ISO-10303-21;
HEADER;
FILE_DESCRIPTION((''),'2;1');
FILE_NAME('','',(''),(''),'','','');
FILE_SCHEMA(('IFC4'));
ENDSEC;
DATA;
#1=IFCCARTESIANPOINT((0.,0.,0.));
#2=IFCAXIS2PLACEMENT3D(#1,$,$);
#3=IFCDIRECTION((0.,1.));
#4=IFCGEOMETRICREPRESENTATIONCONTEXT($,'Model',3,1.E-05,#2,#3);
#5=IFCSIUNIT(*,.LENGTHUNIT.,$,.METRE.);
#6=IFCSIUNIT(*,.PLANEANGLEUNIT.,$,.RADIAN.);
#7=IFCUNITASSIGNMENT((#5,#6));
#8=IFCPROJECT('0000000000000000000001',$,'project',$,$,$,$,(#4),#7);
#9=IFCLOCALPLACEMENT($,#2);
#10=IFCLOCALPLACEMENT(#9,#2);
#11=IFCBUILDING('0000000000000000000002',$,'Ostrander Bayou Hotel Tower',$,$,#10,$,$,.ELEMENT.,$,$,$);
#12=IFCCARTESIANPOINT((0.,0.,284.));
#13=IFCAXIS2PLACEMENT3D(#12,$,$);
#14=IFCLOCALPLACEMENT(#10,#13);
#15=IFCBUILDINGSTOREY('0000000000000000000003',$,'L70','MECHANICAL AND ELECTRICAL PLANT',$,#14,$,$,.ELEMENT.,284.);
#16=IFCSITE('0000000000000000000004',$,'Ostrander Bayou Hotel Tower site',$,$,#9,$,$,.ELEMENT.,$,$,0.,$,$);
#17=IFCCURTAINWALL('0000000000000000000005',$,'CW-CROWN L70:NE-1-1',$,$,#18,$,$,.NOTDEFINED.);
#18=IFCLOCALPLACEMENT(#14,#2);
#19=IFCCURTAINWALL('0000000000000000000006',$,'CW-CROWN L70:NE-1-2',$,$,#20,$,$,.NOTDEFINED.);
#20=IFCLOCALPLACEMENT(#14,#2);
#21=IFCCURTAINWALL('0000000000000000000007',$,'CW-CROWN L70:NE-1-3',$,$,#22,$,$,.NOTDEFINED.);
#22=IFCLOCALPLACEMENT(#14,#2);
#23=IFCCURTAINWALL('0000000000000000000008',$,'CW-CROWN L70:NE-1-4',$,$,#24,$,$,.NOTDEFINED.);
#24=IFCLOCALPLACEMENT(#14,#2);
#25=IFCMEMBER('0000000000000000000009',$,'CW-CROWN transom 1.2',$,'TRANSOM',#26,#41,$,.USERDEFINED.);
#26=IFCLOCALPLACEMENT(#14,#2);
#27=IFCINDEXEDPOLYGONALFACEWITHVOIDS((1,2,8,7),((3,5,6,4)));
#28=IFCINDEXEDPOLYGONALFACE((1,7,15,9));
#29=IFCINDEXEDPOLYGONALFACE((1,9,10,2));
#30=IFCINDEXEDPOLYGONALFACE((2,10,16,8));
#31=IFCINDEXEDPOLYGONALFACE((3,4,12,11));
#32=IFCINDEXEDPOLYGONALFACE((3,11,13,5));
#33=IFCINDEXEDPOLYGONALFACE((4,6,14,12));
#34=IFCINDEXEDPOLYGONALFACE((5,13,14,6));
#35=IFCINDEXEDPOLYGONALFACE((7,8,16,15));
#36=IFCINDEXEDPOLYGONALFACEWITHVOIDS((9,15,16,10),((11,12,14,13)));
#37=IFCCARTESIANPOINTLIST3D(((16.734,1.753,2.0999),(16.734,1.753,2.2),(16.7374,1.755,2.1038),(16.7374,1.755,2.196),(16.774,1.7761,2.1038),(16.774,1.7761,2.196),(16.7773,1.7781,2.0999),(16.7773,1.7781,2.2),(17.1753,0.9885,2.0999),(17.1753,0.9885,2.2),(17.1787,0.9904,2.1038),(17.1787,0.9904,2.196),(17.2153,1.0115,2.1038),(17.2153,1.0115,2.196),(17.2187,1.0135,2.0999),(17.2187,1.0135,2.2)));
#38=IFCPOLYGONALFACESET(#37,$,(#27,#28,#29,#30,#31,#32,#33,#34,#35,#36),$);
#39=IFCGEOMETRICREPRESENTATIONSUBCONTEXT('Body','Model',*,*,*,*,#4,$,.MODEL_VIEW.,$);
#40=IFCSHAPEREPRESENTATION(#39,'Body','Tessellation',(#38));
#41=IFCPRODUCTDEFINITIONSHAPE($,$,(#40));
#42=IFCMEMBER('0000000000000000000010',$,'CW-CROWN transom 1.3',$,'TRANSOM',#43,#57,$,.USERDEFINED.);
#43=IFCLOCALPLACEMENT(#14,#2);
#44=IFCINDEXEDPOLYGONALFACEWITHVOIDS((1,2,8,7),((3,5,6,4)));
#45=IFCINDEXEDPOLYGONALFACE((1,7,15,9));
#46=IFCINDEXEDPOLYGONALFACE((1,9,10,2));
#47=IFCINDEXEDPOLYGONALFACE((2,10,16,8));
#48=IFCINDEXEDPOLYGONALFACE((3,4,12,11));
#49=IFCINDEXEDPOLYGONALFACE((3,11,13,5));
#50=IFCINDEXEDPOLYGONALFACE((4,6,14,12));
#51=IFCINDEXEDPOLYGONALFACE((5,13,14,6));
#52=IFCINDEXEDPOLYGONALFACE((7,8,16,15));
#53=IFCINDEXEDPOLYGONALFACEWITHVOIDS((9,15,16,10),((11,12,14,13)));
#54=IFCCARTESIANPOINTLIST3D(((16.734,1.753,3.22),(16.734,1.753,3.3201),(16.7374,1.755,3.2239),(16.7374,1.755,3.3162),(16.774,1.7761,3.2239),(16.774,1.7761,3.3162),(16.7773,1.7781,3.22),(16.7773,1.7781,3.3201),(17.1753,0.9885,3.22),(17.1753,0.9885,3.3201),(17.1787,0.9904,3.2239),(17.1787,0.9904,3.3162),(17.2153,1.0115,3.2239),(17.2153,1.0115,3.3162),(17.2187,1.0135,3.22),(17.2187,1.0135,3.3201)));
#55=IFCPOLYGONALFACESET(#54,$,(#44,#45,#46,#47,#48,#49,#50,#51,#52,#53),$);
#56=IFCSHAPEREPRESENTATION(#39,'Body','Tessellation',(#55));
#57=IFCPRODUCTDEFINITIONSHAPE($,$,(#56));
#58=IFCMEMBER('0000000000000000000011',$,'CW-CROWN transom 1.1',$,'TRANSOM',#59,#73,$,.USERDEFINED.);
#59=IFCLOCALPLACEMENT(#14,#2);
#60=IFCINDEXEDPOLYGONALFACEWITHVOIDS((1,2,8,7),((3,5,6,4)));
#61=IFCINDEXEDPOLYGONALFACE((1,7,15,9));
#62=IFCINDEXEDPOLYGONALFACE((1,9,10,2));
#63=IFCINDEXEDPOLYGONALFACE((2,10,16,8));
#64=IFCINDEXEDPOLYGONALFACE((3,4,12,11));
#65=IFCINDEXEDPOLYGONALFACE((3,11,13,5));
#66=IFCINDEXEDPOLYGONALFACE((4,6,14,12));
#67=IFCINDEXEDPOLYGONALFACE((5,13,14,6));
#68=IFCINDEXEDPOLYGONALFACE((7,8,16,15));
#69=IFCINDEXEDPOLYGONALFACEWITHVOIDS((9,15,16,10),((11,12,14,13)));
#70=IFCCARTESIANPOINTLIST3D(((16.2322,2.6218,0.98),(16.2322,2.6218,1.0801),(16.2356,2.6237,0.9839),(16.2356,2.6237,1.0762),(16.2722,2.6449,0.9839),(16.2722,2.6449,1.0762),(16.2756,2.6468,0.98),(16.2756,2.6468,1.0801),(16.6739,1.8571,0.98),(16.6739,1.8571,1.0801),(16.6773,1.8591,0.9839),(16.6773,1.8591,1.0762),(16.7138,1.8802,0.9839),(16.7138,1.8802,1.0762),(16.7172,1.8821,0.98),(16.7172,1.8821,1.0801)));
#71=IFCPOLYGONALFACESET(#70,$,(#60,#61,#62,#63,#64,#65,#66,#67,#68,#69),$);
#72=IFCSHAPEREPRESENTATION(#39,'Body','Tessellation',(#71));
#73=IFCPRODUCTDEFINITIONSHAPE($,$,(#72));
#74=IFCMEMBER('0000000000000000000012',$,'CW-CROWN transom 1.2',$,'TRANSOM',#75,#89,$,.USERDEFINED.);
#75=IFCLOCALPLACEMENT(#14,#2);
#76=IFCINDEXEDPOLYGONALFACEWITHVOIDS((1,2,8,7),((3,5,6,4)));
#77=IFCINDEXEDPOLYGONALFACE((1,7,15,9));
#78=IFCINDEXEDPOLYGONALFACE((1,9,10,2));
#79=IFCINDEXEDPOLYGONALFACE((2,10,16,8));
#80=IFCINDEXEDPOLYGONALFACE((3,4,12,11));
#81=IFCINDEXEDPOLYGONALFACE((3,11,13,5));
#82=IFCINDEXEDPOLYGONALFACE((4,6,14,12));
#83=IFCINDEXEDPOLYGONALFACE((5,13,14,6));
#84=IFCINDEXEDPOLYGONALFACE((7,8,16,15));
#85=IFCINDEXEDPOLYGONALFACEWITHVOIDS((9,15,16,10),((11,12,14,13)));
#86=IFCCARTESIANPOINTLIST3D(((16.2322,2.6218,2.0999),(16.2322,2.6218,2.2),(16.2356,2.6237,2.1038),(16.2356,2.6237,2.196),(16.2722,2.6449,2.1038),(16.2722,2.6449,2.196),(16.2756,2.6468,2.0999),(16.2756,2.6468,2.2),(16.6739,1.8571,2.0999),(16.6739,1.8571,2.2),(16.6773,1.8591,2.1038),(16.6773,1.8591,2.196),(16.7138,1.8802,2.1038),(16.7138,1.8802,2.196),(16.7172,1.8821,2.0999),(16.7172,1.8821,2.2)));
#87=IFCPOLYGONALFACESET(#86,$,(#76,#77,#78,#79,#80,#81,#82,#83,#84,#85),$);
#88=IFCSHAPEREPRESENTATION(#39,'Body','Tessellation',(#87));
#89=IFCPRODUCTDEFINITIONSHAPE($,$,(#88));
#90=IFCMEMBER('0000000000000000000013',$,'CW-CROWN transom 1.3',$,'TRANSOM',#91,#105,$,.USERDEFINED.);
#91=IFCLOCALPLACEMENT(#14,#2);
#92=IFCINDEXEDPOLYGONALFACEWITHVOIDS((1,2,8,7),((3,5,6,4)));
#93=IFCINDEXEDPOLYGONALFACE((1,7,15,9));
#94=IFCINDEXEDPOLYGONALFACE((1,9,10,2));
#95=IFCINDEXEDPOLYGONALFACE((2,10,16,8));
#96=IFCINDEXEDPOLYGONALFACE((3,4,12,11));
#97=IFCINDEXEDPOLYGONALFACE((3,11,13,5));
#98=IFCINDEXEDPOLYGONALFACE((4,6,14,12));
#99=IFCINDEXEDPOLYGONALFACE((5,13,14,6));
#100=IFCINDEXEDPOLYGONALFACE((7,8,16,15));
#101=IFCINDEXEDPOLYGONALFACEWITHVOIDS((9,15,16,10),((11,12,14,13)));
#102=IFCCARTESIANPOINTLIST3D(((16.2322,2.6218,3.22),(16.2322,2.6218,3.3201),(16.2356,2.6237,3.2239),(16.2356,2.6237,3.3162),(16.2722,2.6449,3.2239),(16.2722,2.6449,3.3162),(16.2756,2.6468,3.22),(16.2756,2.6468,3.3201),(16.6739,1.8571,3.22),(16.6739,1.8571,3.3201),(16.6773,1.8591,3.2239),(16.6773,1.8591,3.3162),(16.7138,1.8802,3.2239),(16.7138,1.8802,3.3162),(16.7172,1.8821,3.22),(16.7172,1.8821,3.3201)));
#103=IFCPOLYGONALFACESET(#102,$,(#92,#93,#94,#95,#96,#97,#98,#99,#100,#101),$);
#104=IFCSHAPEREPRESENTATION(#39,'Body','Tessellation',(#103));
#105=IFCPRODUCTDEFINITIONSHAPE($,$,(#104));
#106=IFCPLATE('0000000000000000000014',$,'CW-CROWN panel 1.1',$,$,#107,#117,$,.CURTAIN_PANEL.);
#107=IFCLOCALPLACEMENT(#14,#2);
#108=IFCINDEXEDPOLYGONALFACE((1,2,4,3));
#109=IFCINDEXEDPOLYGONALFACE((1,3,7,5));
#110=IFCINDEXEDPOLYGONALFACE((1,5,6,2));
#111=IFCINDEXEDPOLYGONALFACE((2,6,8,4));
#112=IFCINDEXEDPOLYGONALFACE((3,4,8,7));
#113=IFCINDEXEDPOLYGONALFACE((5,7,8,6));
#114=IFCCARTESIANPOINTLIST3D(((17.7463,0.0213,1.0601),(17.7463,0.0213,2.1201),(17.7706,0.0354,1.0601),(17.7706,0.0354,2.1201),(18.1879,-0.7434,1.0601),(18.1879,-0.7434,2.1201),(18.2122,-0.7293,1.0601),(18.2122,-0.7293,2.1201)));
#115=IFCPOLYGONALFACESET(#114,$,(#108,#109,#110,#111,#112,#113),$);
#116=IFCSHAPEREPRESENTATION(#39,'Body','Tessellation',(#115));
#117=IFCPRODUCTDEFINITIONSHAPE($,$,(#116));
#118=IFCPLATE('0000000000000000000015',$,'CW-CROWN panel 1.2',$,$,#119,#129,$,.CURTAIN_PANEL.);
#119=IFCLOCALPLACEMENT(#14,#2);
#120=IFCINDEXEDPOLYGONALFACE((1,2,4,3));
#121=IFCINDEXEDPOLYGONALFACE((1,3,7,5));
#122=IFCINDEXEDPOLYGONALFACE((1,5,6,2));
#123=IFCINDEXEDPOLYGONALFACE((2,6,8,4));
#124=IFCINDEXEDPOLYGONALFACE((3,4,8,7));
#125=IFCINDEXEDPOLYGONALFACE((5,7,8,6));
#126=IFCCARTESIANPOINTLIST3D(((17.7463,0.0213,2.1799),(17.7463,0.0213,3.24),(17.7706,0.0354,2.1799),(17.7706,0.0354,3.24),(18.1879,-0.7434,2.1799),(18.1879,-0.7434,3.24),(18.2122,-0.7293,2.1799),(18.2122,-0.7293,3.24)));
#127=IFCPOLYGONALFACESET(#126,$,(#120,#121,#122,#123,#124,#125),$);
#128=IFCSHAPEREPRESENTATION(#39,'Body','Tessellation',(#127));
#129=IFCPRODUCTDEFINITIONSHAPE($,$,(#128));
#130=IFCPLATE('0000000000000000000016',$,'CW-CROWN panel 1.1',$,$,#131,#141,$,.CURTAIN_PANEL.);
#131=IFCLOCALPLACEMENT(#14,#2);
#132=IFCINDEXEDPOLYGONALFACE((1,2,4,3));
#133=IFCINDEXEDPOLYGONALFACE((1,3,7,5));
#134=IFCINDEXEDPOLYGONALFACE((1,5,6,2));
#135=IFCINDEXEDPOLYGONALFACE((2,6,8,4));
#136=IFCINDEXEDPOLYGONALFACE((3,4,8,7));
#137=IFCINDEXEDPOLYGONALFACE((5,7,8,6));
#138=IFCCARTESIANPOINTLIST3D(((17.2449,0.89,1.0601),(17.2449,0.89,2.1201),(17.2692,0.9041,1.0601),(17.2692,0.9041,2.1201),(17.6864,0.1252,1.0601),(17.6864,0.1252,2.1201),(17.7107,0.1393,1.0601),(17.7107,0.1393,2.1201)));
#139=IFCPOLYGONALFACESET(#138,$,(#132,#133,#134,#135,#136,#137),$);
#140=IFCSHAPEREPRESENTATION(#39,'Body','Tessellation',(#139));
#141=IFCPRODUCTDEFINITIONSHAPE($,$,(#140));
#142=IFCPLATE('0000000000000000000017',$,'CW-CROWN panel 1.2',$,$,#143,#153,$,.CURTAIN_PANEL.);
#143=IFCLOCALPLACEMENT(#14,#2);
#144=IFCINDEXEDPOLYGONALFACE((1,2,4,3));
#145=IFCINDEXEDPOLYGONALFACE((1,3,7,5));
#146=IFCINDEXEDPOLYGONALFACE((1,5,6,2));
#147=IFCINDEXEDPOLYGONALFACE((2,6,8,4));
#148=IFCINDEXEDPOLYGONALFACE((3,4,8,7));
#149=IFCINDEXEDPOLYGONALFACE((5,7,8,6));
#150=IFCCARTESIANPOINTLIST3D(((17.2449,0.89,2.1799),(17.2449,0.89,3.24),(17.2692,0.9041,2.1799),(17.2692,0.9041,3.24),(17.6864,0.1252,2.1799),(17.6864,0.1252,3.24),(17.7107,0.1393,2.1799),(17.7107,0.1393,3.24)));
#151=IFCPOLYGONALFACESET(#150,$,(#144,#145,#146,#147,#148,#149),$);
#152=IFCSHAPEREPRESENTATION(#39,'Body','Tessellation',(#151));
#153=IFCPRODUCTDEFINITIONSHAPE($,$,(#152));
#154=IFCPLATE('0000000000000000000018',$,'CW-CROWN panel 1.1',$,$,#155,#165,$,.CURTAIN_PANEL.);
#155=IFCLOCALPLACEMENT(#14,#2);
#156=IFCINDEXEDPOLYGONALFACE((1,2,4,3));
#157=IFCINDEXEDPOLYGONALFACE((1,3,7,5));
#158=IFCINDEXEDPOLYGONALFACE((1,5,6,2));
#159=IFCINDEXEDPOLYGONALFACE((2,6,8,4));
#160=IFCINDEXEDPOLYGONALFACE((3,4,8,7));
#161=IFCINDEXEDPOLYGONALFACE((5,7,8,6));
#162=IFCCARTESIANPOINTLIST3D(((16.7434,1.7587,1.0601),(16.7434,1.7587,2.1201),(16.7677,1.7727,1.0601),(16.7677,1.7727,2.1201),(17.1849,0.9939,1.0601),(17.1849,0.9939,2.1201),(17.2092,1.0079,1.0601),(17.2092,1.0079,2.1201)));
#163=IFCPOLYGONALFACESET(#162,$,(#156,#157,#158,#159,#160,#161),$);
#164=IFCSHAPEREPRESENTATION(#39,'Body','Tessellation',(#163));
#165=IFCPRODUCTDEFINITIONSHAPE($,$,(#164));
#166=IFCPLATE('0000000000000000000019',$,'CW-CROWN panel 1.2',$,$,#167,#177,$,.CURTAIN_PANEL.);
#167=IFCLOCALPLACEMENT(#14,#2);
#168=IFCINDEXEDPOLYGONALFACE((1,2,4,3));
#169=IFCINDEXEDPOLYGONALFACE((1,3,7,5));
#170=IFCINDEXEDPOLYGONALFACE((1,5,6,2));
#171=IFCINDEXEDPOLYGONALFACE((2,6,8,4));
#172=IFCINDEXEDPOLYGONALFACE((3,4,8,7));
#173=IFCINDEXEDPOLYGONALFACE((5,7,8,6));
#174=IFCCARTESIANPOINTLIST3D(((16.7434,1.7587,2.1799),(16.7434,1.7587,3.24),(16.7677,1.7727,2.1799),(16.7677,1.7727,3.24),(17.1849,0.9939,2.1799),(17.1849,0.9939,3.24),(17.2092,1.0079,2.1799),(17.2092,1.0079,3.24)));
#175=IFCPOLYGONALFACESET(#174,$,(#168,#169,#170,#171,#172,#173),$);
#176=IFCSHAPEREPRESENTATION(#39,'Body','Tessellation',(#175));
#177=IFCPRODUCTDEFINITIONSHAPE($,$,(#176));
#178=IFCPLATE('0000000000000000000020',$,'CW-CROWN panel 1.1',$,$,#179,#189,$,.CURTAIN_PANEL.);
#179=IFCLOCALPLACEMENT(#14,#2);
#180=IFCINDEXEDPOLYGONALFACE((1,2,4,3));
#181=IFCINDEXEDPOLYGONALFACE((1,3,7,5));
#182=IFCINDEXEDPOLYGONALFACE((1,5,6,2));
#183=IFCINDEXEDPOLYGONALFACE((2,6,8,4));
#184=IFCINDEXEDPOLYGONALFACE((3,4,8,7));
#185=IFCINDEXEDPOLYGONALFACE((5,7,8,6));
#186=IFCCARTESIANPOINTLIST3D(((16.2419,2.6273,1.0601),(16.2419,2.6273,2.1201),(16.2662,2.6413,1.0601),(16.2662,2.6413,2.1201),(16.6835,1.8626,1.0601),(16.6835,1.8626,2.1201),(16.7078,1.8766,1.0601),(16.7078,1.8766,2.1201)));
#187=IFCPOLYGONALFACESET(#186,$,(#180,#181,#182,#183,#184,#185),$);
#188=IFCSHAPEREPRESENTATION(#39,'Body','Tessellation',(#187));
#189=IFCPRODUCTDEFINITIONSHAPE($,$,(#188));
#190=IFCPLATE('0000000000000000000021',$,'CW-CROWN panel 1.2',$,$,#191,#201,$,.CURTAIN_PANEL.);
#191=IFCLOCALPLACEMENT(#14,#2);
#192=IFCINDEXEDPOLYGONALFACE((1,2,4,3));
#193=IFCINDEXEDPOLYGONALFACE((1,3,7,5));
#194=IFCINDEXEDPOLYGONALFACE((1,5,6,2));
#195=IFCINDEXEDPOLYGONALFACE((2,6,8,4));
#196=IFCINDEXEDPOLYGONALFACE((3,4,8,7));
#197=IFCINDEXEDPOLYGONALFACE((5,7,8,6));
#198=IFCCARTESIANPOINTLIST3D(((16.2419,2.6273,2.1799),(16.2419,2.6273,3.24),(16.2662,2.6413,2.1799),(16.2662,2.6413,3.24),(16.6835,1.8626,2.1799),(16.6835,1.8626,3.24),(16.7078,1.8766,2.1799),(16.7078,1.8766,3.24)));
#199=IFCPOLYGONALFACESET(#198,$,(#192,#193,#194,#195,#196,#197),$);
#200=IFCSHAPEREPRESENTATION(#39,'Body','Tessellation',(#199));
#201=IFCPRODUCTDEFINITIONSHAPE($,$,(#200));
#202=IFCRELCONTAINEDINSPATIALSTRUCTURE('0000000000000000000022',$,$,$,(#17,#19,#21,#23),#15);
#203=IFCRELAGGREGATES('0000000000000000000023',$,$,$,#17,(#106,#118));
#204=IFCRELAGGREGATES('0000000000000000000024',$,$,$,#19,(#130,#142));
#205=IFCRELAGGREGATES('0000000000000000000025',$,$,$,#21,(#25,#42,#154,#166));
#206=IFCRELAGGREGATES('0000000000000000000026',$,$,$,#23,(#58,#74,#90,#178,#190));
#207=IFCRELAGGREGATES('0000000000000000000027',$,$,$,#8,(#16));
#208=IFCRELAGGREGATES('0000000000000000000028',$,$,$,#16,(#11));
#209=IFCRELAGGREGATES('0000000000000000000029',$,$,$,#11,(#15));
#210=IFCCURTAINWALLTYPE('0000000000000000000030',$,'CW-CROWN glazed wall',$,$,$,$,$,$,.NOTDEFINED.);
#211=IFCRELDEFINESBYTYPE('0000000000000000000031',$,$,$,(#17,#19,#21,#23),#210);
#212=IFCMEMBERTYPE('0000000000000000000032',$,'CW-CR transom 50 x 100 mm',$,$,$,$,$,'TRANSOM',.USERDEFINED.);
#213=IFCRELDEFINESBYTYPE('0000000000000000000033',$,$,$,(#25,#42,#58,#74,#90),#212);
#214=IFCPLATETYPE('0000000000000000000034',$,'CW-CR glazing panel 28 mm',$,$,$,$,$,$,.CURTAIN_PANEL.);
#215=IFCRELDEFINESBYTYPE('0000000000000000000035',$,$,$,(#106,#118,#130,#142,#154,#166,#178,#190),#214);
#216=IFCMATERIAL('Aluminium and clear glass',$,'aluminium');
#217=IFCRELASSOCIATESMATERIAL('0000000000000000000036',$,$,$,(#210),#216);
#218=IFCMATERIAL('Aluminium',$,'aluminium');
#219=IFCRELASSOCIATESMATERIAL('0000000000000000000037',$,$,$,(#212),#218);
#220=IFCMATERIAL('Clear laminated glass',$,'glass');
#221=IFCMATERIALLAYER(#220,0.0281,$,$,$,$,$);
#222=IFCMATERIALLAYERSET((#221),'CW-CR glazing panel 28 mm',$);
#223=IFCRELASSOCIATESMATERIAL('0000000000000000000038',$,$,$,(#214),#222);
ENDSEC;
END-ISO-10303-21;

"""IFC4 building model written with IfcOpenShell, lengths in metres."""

from ifc_helpers import new_model, si_unit, direction, frame, origin, origin_2d, place, context, subcontext, project, spatial, rectangle, hollow_rectangle, extrude, material, layer, layer_set, material_profile, profile_set, type_object, element, aggregate, save


model = new_model("IFC4")

# Units and contexts
model_context = context("Model", 3, precision=1e-05, world=origin(), true_north=direction((0.0, 1.0)))
body_context = subcontext(model_context, "Body", "Model", "MODEL_VIEW")
ifc_project = project(units=[si_unit("LENGTHUNIT", "METRE"), si_unit("PLANEANGLEUNIT", "RADIAN")], contexts=[model_context])

# Site, building, storey
site_placement = place(None, origin())
site = spatial("IfcSite", under=ifc_project, at=site_placement, Name="Ostrander Bayou Hotel Tower site", CompositionType="ELEMENT", RefElevation=0.0)
building_placement = place(site_placement, origin())
building = spatial("IfcBuilding", under=site, at=building_placement, Name="Ostrander Bayou Hotel Tower", CompositionType="ELEMENT")
storey_placement = place(building_placement, frame((0.0, 0.0, 284.0)))
storey = spatial("IfcBuildingStorey", under=building, at=storey_placement, Name="L70", Description="MECHANICAL AND ELECTRICAL PLANT", CompositionType="ELEMENT", Elevation=284.0)

# Curtain wall
ifc_material_1 = material(Name="Aluminium and clear glass", Category="aluminium")
curtain_wall_type = type_object("IfcCurtainWallType", Name="CW-CROWN glazed wall", PredefinedType="NOTDEFINED", material=ifc_material_1)
curtain_wall_1_placement = place(storey_placement, origin())
curtain_wall_1 = element("IfcCurtainWall", 1, at=curtain_wall_1_placement, inside=storey, type_object=curtain_wall_type, Name="CW-CROWN L70:NE-1-1", PredefinedType="NOTDEFINED")

# Curtain walls
curtain_wall_2_placement = place(storey_placement, origin())
curtain_wall_2 = element("IfcCurtainWall", 2, at=curtain_wall_2_placement, inside=storey, type_object=curtain_wall_type, Name="CW-CROWN L70:NE-1-2", PredefinedType="NOTDEFINED")
curtain_wall_3_placement = place(storey_placement, origin())
curtain_wall_3 = element("IfcCurtainWall", 3, at=curtain_wall_3_placement, inside=storey, type_object=curtain_wall_type, Name="CW-CROWN L70:NE-1-3", PredefinedType="NOTDEFINED")
curtain_wall_4_placement = place(storey_placement, origin())
curtain_wall_4 = element("IfcCurtainWall", 4, at=curtain_wall_4_placement, inside=storey, type_object=curtain_wall_type, Name="CW-CROWN L70:NE-1-4", PredefinedType="NOTDEFINED")

# Members
ifc_material_2 = material(Name="Aluminium", Category="aluminium")
ifc_material_profile_1 = material_profile(ifc_material_2, hollow_rectangle(XDim=0.05, YDim=0.1001, WallThickness=0.0039, at=origin_2d()))
ifc_profile_set_1 = profile_set([ifc_material_profile_1], Name="Aluminium")
member_type_1 = type_object("IfcMemberType", Name="CW-CR transom 50 x 100 mm", ElementType="TRANSOM", PredefinedType="USERDEFINED", material=ifc_profile_set_1)
member_1_placement = place(storey_placement, frame((17.197, 1.001, 2.1499), z_axis=(-0.499946, 0.866057, 0.0), x_axis=(-0.866057, -0.499946, 0.0)))
member_1 = element("IfcMember", 5, at=member_1_placement, type_object=member_type_1, Name="CW-CROWN transom 1.2", ObjectType="TRANSOM", PredefinedType="USERDEFINED", context=body_context, shape_type="SweptSolid", body=[
    extrude(hollow_rectangle(XDim=0.05, YDim=0.1001, WallThickness=0.0039, at=origin_2d()), origin(), (0.0, 0.0, 1.0), 0.8828),
])
member_2_placement = place(storey_placement, frame((17.197, 1.001, 3.27), z_axis=(-0.499946, 0.866057, 0.0), x_axis=(-0.866057, -0.499946, 0.0)))
member_2 = element("IfcMember", 6, at=member_2_placement, type_object=member_type_1, Name="CW-CROWN transom 1.3", ObjectType="TRANSOM", PredefinedType="USERDEFINED", context=body_context, shape_type="SweptSolid", body=[
    extrude(hollow_rectangle(XDim=0.05, YDim=0.1001, WallThickness=0.0039, at=origin_2d()), origin(), (0.0, 0.0, 1.0), 0.8828),
])
member_3_placement = place(storey_placement, frame((16.6956, 1.8696, 1.03), z_axis=(-0.500153, 0.865937, 0.0), x_axis=(-0.865937, -0.500153, 0.0)))
member_3 = element("IfcMember", 7, at=member_3_placement, type_object=member_type_1, Name="CW-CROWN transom 1.1", ObjectType="TRANSOM", PredefinedType="USERDEFINED", context=body_context, shape_type="SweptSolid", body=[
    extrude(hollow_rectangle(XDim=0.05, YDim=0.1001, WallThickness=0.0039, at=origin_2d()), origin(), (0.0, 0.0, 1.0), 0.8831),
])
member_4_placement = place(storey_placement, frame((16.6956, 1.8696, 2.1499), z_axis=(-0.500153, 0.865937, 0.0), x_axis=(-0.865937, -0.500153, 0.0)))
member_4 = element("IfcMember", 8, at=member_4_placement, type_object=member_type_1, Name="CW-CROWN transom 1.2", ObjectType="TRANSOM", PredefinedType="USERDEFINED", context=body_context, shape_type="SweptSolid", body=[
    extrude(hollow_rectangle(XDim=0.05, YDim=0.1001, WallThickness=0.0039, at=origin_2d()), origin(), (0.0, 0.0, 1.0), 0.8831),
])
member_5_placement = place(storey_placement, frame((16.6956, 1.8696, 3.27), z_axis=(-0.500153, 0.865937, 0.0), x_axis=(-0.865937, -0.500153, 0.0)))
member_5 = element("IfcMember", 9, at=member_5_placement, type_object=member_type_1, Name="CW-CROWN transom 1.3", ObjectType="TRANSOM", PredefinedType="USERDEFINED", context=body_context, shape_type="SweptSolid", body=[
    extrude(hollow_rectangle(XDim=0.05, YDim=0.1001, WallThickness=0.0039, at=origin_2d()), origin(), (0.0, 0.0, 1.0), 0.8831),
])

# Plates
ifc_material_3 = material(Name="Clear laminated glass", Category="glass")
ifc_layer_1 = layer(ifc_material_3, 0.0281)
ifc_layer_set_1 = layer_set([ifc_layer_1], Name="CW-CR glazing panel 28 mm")
plate_type = type_object("IfcPlateType", Name="CW-CR glazing panel 28 mm", PredefinedType="CURTAIN_PANEL", material=ifc_layer_set_1)
plate_1_placement = place(storey_placement, frame((17.9792, -0.354, 1.0601), z_axis=(0.0, 0.0, 1.0), x_axis=(-0.500085, 0.865976, 0.0)))
plate_1 = element("IfcPlate", 10, at=plate_1_placement, type_object=plate_type, Name="CW-CROWN panel 1.1", PredefinedType="CURTAIN_PANEL", context=body_context, shape_type="SweptSolid", body=[
    extrude(rectangle(XDim=0.8831, YDim=0.0281, at=origin_2d()), origin(), (0.0, 0.0, 1.0), 1.0601),
])
plate_2_placement = place(storey_placement, frame((17.9792, -0.354, 2.1799), z_axis=(0.0, 0.0, 1.0), x_axis=(-0.500085, 0.865976, 0.0)))
plate_2 = element("IfcPlate", 11, at=plate_2_placement, type_object=plate_type, Name="CW-CROWN panel 1.2", PredefinedType="CURTAIN_PANEL", context=body_context, shape_type="SweptSolid", body=[
    extrude(rectangle(XDim=0.8831, YDim=0.0281, at=origin_2d()), origin(), (0.0, 0.0, 1.0), 1.0601),
])
aggregate(curtain_wall_1, [plate_1, plate_2])
plate_3_placement = place(storey_placement, frame((17.4778, 0.5146, 1.0601), z_axis=(0.0, 0.0, 1.0), x_axis=(-0.499967, 0.866044, 0.0)))
plate_3 = element("IfcPlate", 12, at=plate_3_placement, type_object=plate_type, Name="CW-CROWN panel 1.1", PredefinedType="CURTAIN_PANEL", context=body_context, shape_type="SweptSolid", body=[
    extrude(rectangle(XDim=0.8831, YDim=0.0281, at=origin_2d()), origin(), (0.0, 0.0, 1.0), 1.0601),
])
plate_4_placement = place(storey_placement, frame((17.4778, 0.5146, 2.1799), z_axis=(0.0, 0.0, 1.0), x_axis=(-0.499967, 0.866044, 0.0)))
plate_4 = element("IfcPlate", 13, at=plate_4_placement, type_object=plate_type, Name="CW-CROWN panel 1.2", PredefinedType="CURTAIN_PANEL", context=body_context, shape_type="SweptSolid", body=[
    extrude(rectangle(XDim=0.8831, YDim=0.0281, at=origin_2d()), origin(), (0.0, 0.0, 1.0), 1.0601),
])
aggregate(curtain_wall_2, [plate_3, plate_4])
plate_5_placement = place(storey_placement, frame((16.9763, 1.3833, 1.0601), z_axis=(0.0, 0.0, 1.0), x_axis=(-0.499967, 0.866044, 0.0)))
plate_5 = element("IfcPlate", 14, at=plate_5_placement, type_object=plate_type, Name="CW-CROWN panel 1.1", PredefinedType="CURTAIN_PANEL", context=body_context, shape_type="SweptSolid", body=[
    extrude(rectangle(XDim=0.8831, YDim=0.0281, at=origin_2d()), origin(), (0.0, 0.0, 1.0), 1.0601),
])
plate_6_placement = place(storey_placement, frame((16.9763, 1.3833, 2.1799), z_axis=(0.0, 0.0, 1.0), x_axis=(-0.499967, 0.866044, 0.0)))
plate_6 = element("IfcPlate", 15, at=plate_6_placement, type_object=plate_type, Name="CW-CROWN panel 1.2", PredefinedType="CURTAIN_PANEL", context=body_context, shape_type="SweptSolid", body=[
    extrude(rectangle(XDim=0.8831, YDim=0.0281, at=origin_2d()), origin(), (0.0, 0.0, 1.0), 1.0601),
])
aggregate(curtain_wall_3, [member_1, member_2, plate_5, plate_6])
plate_7_placement = place(storey_placement, frame((16.4749, 2.252, 1.0601), z_axis=(0.0, 0.0, 1.0), x_axis=(-0.50001, 0.86602, 0.0)))
plate_7 = element("IfcPlate", 16, at=plate_7_placement, type_object=plate_type, Name="CW-CROWN panel 1.1", PredefinedType="CURTAIN_PANEL", context=body_context, shape_type="SweptSolid", body=[
    extrude(rectangle(XDim=0.8831, YDim=0.0281, at=origin_2d()), origin(), (0.0, 0.0, 1.0), 1.0601),
])
plate_8_placement = place(storey_placement, frame((16.4749, 2.252, 2.1799), z_axis=(0.0, 0.0, 1.0), x_axis=(-0.50001, 0.86602, 0.0)))
plate_8 = element("IfcPlate", 17, at=plate_8_placement, type_object=plate_type, Name="CW-CROWN panel 1.2", PredefinedType="CURTAIN_PANEL", context=body_context, shape_type="SweptSolid", body=[
    extrude(rectangle(XDim=0.8831, YDim=0.0281, at=origin_2d()), origin(), (0.0, 0.0, 1.0), 1.0601),
])
aggregate(curtain_wall_4, [member_3, member_4, member_5, plate_7, plate_8])

save(model, "model.ifc")
